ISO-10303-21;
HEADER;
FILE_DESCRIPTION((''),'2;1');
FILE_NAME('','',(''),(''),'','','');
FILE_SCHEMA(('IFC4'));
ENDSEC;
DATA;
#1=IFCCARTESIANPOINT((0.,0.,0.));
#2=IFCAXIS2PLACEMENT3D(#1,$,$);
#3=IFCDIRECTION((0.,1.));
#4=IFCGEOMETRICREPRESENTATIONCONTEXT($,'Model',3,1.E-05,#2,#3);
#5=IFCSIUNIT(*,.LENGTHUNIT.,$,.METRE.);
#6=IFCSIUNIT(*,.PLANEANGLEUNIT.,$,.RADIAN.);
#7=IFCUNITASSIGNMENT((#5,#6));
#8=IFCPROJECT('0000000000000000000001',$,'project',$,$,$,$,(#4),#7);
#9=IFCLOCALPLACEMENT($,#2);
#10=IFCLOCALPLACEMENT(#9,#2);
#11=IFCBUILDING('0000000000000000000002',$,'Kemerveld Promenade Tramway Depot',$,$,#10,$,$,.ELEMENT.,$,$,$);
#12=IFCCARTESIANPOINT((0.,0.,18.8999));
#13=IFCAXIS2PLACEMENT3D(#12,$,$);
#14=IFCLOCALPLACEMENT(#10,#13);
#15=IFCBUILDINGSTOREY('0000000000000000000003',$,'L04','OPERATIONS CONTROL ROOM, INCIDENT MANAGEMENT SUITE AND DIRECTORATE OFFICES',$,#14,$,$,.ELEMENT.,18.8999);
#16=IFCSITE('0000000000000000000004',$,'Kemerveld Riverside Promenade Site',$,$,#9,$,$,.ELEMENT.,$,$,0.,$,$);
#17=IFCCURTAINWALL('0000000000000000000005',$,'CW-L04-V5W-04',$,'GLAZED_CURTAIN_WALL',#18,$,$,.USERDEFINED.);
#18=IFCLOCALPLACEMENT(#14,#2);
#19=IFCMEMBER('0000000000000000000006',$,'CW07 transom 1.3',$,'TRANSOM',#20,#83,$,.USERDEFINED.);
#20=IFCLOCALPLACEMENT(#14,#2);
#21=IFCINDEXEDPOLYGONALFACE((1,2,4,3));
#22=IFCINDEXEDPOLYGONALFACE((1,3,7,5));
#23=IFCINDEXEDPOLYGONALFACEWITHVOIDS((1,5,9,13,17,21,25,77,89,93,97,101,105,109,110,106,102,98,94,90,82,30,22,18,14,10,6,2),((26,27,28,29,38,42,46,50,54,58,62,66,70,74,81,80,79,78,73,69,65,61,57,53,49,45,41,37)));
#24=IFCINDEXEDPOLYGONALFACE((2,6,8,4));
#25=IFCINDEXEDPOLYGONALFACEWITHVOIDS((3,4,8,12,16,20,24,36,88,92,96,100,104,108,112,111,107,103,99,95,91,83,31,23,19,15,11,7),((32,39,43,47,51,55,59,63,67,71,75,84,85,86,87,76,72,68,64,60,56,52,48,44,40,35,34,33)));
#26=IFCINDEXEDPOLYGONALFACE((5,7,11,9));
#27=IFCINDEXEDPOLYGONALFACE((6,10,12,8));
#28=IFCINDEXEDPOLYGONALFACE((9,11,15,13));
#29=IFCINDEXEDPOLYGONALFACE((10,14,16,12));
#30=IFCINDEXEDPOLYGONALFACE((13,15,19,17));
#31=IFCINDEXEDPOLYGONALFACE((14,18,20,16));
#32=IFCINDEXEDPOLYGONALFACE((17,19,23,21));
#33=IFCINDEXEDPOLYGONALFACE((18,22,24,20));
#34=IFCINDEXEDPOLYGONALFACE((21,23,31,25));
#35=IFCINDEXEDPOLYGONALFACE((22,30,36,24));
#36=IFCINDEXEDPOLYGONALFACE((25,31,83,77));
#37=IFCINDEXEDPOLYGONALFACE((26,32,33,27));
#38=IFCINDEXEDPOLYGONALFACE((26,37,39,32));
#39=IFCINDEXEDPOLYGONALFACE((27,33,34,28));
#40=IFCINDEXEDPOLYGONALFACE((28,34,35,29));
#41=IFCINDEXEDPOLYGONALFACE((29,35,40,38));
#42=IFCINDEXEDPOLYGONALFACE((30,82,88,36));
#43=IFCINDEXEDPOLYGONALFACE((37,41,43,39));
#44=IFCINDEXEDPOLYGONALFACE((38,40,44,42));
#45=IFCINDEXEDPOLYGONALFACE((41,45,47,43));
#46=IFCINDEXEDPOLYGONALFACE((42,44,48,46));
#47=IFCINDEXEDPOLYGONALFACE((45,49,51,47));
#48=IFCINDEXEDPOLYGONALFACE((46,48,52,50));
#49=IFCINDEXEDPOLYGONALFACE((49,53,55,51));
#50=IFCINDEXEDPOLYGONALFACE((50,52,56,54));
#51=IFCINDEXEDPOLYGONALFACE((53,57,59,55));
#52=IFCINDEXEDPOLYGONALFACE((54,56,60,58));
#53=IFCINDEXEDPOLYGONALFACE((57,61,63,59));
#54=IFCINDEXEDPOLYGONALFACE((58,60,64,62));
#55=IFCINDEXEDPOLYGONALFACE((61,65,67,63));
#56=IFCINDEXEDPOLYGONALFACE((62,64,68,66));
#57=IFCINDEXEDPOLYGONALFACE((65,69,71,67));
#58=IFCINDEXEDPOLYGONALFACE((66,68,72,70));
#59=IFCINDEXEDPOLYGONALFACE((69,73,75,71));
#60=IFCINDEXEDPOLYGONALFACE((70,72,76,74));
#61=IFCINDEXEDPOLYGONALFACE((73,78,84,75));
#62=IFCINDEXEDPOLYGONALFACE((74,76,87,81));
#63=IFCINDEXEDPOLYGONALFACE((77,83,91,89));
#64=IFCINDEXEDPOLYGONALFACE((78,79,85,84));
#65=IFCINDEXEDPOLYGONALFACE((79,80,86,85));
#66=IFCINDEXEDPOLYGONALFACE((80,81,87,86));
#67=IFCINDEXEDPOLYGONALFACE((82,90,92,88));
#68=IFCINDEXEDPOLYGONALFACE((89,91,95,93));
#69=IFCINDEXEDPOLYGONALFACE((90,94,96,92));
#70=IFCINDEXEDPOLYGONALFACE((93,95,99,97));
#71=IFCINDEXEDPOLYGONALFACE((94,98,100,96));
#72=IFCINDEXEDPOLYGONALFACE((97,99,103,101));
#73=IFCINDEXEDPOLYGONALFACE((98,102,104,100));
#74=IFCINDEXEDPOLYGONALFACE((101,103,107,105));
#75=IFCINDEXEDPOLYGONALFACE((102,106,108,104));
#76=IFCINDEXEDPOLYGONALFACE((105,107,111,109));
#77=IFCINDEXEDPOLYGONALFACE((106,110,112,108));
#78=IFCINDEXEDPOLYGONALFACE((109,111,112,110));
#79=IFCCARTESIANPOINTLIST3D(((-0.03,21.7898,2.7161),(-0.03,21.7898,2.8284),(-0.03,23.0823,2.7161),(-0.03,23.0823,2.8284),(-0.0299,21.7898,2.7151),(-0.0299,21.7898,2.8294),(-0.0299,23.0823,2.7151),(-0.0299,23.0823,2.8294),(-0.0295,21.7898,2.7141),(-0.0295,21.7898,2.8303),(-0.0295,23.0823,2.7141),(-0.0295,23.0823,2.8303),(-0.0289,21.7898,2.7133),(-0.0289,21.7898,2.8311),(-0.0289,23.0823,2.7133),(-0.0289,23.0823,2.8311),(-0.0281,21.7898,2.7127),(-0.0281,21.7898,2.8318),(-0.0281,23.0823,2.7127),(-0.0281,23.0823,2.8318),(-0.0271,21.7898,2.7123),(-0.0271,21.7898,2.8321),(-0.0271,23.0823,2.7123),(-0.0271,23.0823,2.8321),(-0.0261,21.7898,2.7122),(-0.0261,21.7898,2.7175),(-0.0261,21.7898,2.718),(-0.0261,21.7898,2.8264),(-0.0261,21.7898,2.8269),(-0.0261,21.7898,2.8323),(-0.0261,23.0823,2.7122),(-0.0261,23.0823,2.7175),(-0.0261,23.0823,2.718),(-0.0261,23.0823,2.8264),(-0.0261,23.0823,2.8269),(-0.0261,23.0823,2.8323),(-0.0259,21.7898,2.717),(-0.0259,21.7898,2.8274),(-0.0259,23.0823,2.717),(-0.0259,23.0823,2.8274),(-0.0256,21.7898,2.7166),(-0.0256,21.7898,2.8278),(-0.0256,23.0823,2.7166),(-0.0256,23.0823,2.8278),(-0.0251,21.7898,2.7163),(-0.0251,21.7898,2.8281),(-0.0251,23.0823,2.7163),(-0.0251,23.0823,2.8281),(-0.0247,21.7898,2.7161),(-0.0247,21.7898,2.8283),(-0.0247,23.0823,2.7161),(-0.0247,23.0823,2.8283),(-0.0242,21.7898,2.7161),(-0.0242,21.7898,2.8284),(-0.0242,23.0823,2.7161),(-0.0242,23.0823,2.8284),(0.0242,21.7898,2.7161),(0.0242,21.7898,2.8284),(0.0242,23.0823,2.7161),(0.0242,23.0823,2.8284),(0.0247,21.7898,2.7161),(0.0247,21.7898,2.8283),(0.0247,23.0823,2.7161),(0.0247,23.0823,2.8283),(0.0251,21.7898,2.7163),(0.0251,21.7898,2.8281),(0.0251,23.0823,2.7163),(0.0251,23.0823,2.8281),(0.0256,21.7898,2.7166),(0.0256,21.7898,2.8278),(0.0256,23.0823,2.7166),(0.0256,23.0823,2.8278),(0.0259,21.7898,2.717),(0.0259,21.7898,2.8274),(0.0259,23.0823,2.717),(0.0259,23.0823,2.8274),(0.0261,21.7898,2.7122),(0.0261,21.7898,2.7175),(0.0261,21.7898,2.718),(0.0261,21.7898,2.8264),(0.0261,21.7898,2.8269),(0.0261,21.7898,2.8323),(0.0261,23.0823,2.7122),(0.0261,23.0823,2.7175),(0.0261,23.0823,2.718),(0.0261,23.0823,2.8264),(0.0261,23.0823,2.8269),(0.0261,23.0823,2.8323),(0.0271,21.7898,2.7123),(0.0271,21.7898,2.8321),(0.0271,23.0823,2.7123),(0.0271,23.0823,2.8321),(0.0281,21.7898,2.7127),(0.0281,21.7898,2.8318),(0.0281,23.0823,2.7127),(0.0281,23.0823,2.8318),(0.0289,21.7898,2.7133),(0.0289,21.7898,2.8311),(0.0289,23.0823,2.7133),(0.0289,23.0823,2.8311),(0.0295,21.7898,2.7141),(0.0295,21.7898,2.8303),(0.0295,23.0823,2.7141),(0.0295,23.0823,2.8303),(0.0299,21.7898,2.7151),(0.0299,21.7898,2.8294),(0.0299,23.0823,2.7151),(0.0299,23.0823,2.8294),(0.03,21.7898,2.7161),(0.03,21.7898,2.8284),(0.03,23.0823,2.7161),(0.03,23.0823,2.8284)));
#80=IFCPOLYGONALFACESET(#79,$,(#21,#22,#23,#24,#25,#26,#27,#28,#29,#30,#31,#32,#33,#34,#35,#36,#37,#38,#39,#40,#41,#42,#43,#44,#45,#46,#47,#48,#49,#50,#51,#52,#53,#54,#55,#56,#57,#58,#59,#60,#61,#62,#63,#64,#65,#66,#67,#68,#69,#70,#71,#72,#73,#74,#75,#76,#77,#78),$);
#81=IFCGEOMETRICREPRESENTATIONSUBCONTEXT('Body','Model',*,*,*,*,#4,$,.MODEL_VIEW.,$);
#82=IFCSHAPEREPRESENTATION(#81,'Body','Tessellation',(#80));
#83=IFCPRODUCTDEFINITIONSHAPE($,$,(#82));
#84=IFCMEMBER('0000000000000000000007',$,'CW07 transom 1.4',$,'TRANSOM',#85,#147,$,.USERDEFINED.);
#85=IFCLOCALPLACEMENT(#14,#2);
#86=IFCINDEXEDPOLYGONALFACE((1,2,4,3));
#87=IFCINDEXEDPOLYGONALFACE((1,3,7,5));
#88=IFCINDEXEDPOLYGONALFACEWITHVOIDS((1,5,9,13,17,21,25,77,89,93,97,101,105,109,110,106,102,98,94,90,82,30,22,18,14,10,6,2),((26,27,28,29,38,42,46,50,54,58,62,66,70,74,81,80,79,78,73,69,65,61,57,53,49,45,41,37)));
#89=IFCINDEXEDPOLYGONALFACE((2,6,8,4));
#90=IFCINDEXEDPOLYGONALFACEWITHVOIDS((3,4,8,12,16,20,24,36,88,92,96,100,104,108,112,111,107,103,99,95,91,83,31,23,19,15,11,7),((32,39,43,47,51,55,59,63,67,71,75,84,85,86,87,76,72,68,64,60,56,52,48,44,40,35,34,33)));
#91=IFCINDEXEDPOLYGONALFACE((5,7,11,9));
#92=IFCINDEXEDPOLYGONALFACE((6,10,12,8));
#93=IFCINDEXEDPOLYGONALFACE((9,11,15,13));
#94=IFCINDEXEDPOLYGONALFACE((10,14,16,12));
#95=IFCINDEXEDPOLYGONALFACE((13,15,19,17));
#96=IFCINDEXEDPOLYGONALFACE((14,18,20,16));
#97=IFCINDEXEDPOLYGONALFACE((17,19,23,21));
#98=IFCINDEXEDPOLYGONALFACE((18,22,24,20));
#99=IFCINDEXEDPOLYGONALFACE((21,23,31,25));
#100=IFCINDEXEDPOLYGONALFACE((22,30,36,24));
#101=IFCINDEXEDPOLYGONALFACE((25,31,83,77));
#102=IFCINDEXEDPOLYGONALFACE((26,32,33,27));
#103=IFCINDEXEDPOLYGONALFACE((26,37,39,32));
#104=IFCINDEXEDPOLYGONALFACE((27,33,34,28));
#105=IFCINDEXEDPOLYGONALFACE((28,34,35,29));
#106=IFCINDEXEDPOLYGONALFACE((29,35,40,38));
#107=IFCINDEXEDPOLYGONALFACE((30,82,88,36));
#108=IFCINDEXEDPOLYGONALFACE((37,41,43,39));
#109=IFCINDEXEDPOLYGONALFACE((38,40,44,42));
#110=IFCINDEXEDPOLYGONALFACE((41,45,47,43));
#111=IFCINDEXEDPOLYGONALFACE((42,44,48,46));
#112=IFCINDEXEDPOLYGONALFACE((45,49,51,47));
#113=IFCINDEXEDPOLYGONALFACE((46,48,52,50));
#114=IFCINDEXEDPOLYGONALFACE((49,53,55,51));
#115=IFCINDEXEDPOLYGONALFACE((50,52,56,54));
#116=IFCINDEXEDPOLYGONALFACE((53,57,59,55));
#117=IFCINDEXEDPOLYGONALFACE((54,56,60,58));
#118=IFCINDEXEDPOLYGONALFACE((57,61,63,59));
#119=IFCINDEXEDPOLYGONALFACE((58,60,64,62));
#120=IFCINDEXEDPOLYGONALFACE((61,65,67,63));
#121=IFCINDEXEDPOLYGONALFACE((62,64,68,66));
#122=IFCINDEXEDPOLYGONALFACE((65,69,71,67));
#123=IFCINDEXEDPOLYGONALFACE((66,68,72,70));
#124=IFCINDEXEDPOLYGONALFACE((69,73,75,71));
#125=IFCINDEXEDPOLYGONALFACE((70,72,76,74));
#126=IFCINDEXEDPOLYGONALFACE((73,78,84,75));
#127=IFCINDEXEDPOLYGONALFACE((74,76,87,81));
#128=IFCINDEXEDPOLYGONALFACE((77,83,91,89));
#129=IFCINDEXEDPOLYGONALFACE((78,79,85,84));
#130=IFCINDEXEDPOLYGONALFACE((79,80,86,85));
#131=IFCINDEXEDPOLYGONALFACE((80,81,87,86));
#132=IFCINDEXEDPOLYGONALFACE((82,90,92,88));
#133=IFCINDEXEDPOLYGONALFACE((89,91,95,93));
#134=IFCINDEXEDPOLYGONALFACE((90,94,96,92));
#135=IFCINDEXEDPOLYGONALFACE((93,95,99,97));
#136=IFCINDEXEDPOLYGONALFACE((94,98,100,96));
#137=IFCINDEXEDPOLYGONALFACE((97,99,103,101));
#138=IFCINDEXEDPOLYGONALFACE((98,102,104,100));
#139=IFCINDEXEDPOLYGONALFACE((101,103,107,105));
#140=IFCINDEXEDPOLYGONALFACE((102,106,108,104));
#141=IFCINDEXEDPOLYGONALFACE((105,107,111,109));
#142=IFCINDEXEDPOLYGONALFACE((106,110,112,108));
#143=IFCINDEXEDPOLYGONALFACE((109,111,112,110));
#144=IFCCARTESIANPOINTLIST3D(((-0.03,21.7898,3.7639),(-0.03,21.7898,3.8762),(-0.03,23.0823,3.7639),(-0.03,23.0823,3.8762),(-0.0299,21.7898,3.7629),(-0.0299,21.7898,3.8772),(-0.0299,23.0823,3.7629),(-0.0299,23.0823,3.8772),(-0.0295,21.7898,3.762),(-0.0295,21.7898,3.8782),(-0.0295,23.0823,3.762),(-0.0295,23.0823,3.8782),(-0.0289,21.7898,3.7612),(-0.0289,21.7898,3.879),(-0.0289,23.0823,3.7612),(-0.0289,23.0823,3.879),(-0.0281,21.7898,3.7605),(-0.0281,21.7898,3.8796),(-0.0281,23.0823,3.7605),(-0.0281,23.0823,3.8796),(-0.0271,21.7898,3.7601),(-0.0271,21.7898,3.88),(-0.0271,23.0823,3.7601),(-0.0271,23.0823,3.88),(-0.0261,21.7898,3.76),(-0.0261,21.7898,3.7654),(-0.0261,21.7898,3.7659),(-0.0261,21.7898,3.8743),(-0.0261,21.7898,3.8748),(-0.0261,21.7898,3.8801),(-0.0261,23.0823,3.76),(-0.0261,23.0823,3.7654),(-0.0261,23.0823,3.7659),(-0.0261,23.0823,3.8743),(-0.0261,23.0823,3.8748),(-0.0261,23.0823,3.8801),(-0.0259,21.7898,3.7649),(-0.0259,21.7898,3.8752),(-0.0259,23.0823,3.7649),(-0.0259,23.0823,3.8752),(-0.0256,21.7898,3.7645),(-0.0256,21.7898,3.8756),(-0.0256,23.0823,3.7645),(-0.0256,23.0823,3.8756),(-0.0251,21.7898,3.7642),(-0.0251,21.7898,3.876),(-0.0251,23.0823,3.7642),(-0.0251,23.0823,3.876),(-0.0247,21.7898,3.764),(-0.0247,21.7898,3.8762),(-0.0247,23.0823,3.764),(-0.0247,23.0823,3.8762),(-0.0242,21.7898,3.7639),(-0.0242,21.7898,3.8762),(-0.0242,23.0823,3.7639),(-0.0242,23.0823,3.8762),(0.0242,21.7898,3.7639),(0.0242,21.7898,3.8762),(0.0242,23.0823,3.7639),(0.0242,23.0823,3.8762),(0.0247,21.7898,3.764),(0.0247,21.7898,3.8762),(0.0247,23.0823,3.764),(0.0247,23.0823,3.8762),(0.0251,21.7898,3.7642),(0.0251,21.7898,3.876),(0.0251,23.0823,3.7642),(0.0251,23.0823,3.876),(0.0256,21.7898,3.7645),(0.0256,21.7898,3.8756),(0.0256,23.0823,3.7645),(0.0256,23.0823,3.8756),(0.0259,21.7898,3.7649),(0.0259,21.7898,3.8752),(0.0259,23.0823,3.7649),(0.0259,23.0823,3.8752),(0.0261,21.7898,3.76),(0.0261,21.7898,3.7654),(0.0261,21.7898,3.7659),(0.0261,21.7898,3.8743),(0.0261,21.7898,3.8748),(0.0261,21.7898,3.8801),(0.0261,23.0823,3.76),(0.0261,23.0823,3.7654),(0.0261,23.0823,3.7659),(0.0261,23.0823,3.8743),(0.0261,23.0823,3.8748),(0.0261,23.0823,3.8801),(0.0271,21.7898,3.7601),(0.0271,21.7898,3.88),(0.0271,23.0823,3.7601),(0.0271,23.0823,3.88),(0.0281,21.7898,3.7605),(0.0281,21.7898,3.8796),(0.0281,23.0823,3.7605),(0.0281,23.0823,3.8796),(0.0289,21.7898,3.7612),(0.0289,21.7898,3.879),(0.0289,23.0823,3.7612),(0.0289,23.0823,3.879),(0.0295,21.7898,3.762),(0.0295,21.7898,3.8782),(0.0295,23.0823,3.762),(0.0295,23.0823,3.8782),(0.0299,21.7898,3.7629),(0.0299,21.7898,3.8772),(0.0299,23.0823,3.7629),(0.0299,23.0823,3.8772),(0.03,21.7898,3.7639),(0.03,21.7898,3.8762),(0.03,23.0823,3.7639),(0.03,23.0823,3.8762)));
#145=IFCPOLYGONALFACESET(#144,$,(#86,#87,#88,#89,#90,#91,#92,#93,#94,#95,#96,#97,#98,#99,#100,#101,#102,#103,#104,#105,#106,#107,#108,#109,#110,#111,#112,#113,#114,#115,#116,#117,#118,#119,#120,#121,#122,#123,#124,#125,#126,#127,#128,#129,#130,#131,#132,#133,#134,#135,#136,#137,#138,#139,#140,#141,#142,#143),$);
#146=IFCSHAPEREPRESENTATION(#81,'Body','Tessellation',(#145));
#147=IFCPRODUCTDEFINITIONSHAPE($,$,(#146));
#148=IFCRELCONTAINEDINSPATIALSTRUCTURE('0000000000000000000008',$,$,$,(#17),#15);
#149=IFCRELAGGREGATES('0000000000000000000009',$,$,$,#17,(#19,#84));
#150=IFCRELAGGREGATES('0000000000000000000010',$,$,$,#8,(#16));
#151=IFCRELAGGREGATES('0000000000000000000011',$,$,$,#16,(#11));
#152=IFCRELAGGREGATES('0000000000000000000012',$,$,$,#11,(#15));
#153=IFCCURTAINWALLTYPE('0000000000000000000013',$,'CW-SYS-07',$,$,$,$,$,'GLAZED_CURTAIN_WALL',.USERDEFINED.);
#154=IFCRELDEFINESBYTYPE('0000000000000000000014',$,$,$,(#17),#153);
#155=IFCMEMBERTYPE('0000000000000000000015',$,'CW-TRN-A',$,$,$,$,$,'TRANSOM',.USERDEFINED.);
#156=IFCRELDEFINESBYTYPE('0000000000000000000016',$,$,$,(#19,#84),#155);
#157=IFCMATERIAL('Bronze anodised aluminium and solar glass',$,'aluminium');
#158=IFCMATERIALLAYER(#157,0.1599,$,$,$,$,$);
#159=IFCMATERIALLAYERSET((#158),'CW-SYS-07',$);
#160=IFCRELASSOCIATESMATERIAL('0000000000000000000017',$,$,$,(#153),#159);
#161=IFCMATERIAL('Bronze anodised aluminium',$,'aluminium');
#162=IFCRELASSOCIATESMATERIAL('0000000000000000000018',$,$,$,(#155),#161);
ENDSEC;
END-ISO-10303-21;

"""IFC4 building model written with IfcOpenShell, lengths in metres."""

from ifc_helpers import new_model, si_unit, direction, frame, origin, origin_2d, place, context, subcontext, project, spatial, hollow_rectangle, extrude, material, layer, layer_set, material_profile, profile_set, type_object, element, aggregate, save


model = new_model("IFC4")

# Units and contexts
model_context = context("Model", 3, precision=1e-05, world=origin(), true_north=direction((0.0, 1.0)))
body_context = subcontext(model_context, "Body", "Model", "MODEL_VIEW")
ifc_project = project(units=[si_unit("LENGTHUNIT", "METRE"), si_unit("PLANEANGLEUNIT", "RADIAN")], contexts=[model_context])

# Site, building, storey
site_placement = place(None, origin())
site = spatial("IfcSite", under=ifc_project, at=site_placement, Name="Kemerveld Riverside Promenade Site", CompositionType="ELEMENT", RefElevation=0.0)
building_placement = place(site_placement, origin())
building = spatial("IfcBuilding", under=site, at=building_placement, Name="Kemerveld Promenade Tramway Depot", CompositionType="ELEMENT")
storey_placement = place(building_placement, frame((0.0, 0.0, 18.8999)))
storey = spatial("IfcBuildingStorey", under=building, at=storey_placement, Name="L04", Description="OPERATIONS CONTROL ROOM, INCIDENT MANAGEMENT SUITE AND DIRECTORATE OFFICES", CompositionType="ELEMENT", Elevation=18.8999)

# Curtain wall, members
ifc_material_1 = material(Name="Bronze anodised aluminium and solar glass", Category="aluminium")
ifc_layer_1 = layer(ifc_material_1, 0.1599)
ifc_layer_set_1 = layer_set([ifc_layer_1], Name="CW-SYS-07")
curtain_wall_type = type_object("IfcCurtainWallType", Name="CW-SYS-07", ElementType="GLAZED_CURTAIN_WALL", PredefinedType="USERDEFINED", material=ifc_layer_set_1)
curtain_wall_placement = place(storey_placement, origin())
curtain_wall = element("IfcCurtainWall", 1, at=curtain_wall_placement, inside=storey, type_object=curtain_wall_type, Name="CW-L04-V5W-04", ObjectType="GLAZED_CURTAIN_WALL", PredefinedType="USERDEFINED")
ifc_material_2 = material(Name="Bronze anodised aluminium", Category="aluminium")
ifc_material_profile_1 = material_profile(ifc_material_2, hollow_rectangle(XDim=0.0601, YDim=0.1201, WallThickness=0.0039, InnerFilletRadius=0.002, OuterFilletRadius=0.0039, at=origin_2d()), Name="CW-TRN-120x60")
ifc_profile_set_1 = profile_set([ifc_material_profile_1], Name="Bronze anodised aluminium")
member_type_1 = type_object("IfcMemberType", Name="CW-TRN-A", ElementType="TRANSOM", PredefinedType="USERDEFINED", material=ifc_profile_set_1)
member_1_placement = place(storey_placement, frame((0.0, 21.7898, 2.7722), z_axis=(0.0, 1.0, 0.0), x_axis=(-1.0, 0.0, 0.0)))
member_1 = element("IfcMember", 2, at=member_1_placement, type_object=member_type_1, Name="CW07 transom 1.3", ObjectType="TRANSOM", PredefinedType="USERDEFINED", context=body_context, shape_type="SweptSolid", body=[
    extrude(hollow_rectangle(XDim=0.0601, YDim=0.1201, WallThickness=0.0039, InnerFilletRadius=0.002, OuterFilletRadius=0.0039, at=origin_2d()), origin(), (0.0, 0.0, 1.0), 1.2925),
])
member_2_placement = place(storey_placement, frame((0.0, 21.7898, 3.8201), z_axis=(0.0, 1.0, 0.0), x_axis=(-1.0, 0.0, 0.0)))
member_2 = element("IfcMember", 3, at=member_2_placement, type_object=member_type_1, Name="CW07 transom 1.4", ObjectType="TRANSOM", PredefinedType="USERDEFINED", context=body_context, shape_type="SweptSolid", body=[
    extrude(hollow_rectangle(XDim=0.0601, YDim=0.1201, WallThickness=0.0039, InnerFilletRadius=0.002, OuterFilletRadius=0.0039, at=origin_2d()), origin(), (0.0, 0.0, 1.0), 1.2925),
])
aggregate(curtain_wall, [member_1, member_2])

save(model, "model.ifc")
